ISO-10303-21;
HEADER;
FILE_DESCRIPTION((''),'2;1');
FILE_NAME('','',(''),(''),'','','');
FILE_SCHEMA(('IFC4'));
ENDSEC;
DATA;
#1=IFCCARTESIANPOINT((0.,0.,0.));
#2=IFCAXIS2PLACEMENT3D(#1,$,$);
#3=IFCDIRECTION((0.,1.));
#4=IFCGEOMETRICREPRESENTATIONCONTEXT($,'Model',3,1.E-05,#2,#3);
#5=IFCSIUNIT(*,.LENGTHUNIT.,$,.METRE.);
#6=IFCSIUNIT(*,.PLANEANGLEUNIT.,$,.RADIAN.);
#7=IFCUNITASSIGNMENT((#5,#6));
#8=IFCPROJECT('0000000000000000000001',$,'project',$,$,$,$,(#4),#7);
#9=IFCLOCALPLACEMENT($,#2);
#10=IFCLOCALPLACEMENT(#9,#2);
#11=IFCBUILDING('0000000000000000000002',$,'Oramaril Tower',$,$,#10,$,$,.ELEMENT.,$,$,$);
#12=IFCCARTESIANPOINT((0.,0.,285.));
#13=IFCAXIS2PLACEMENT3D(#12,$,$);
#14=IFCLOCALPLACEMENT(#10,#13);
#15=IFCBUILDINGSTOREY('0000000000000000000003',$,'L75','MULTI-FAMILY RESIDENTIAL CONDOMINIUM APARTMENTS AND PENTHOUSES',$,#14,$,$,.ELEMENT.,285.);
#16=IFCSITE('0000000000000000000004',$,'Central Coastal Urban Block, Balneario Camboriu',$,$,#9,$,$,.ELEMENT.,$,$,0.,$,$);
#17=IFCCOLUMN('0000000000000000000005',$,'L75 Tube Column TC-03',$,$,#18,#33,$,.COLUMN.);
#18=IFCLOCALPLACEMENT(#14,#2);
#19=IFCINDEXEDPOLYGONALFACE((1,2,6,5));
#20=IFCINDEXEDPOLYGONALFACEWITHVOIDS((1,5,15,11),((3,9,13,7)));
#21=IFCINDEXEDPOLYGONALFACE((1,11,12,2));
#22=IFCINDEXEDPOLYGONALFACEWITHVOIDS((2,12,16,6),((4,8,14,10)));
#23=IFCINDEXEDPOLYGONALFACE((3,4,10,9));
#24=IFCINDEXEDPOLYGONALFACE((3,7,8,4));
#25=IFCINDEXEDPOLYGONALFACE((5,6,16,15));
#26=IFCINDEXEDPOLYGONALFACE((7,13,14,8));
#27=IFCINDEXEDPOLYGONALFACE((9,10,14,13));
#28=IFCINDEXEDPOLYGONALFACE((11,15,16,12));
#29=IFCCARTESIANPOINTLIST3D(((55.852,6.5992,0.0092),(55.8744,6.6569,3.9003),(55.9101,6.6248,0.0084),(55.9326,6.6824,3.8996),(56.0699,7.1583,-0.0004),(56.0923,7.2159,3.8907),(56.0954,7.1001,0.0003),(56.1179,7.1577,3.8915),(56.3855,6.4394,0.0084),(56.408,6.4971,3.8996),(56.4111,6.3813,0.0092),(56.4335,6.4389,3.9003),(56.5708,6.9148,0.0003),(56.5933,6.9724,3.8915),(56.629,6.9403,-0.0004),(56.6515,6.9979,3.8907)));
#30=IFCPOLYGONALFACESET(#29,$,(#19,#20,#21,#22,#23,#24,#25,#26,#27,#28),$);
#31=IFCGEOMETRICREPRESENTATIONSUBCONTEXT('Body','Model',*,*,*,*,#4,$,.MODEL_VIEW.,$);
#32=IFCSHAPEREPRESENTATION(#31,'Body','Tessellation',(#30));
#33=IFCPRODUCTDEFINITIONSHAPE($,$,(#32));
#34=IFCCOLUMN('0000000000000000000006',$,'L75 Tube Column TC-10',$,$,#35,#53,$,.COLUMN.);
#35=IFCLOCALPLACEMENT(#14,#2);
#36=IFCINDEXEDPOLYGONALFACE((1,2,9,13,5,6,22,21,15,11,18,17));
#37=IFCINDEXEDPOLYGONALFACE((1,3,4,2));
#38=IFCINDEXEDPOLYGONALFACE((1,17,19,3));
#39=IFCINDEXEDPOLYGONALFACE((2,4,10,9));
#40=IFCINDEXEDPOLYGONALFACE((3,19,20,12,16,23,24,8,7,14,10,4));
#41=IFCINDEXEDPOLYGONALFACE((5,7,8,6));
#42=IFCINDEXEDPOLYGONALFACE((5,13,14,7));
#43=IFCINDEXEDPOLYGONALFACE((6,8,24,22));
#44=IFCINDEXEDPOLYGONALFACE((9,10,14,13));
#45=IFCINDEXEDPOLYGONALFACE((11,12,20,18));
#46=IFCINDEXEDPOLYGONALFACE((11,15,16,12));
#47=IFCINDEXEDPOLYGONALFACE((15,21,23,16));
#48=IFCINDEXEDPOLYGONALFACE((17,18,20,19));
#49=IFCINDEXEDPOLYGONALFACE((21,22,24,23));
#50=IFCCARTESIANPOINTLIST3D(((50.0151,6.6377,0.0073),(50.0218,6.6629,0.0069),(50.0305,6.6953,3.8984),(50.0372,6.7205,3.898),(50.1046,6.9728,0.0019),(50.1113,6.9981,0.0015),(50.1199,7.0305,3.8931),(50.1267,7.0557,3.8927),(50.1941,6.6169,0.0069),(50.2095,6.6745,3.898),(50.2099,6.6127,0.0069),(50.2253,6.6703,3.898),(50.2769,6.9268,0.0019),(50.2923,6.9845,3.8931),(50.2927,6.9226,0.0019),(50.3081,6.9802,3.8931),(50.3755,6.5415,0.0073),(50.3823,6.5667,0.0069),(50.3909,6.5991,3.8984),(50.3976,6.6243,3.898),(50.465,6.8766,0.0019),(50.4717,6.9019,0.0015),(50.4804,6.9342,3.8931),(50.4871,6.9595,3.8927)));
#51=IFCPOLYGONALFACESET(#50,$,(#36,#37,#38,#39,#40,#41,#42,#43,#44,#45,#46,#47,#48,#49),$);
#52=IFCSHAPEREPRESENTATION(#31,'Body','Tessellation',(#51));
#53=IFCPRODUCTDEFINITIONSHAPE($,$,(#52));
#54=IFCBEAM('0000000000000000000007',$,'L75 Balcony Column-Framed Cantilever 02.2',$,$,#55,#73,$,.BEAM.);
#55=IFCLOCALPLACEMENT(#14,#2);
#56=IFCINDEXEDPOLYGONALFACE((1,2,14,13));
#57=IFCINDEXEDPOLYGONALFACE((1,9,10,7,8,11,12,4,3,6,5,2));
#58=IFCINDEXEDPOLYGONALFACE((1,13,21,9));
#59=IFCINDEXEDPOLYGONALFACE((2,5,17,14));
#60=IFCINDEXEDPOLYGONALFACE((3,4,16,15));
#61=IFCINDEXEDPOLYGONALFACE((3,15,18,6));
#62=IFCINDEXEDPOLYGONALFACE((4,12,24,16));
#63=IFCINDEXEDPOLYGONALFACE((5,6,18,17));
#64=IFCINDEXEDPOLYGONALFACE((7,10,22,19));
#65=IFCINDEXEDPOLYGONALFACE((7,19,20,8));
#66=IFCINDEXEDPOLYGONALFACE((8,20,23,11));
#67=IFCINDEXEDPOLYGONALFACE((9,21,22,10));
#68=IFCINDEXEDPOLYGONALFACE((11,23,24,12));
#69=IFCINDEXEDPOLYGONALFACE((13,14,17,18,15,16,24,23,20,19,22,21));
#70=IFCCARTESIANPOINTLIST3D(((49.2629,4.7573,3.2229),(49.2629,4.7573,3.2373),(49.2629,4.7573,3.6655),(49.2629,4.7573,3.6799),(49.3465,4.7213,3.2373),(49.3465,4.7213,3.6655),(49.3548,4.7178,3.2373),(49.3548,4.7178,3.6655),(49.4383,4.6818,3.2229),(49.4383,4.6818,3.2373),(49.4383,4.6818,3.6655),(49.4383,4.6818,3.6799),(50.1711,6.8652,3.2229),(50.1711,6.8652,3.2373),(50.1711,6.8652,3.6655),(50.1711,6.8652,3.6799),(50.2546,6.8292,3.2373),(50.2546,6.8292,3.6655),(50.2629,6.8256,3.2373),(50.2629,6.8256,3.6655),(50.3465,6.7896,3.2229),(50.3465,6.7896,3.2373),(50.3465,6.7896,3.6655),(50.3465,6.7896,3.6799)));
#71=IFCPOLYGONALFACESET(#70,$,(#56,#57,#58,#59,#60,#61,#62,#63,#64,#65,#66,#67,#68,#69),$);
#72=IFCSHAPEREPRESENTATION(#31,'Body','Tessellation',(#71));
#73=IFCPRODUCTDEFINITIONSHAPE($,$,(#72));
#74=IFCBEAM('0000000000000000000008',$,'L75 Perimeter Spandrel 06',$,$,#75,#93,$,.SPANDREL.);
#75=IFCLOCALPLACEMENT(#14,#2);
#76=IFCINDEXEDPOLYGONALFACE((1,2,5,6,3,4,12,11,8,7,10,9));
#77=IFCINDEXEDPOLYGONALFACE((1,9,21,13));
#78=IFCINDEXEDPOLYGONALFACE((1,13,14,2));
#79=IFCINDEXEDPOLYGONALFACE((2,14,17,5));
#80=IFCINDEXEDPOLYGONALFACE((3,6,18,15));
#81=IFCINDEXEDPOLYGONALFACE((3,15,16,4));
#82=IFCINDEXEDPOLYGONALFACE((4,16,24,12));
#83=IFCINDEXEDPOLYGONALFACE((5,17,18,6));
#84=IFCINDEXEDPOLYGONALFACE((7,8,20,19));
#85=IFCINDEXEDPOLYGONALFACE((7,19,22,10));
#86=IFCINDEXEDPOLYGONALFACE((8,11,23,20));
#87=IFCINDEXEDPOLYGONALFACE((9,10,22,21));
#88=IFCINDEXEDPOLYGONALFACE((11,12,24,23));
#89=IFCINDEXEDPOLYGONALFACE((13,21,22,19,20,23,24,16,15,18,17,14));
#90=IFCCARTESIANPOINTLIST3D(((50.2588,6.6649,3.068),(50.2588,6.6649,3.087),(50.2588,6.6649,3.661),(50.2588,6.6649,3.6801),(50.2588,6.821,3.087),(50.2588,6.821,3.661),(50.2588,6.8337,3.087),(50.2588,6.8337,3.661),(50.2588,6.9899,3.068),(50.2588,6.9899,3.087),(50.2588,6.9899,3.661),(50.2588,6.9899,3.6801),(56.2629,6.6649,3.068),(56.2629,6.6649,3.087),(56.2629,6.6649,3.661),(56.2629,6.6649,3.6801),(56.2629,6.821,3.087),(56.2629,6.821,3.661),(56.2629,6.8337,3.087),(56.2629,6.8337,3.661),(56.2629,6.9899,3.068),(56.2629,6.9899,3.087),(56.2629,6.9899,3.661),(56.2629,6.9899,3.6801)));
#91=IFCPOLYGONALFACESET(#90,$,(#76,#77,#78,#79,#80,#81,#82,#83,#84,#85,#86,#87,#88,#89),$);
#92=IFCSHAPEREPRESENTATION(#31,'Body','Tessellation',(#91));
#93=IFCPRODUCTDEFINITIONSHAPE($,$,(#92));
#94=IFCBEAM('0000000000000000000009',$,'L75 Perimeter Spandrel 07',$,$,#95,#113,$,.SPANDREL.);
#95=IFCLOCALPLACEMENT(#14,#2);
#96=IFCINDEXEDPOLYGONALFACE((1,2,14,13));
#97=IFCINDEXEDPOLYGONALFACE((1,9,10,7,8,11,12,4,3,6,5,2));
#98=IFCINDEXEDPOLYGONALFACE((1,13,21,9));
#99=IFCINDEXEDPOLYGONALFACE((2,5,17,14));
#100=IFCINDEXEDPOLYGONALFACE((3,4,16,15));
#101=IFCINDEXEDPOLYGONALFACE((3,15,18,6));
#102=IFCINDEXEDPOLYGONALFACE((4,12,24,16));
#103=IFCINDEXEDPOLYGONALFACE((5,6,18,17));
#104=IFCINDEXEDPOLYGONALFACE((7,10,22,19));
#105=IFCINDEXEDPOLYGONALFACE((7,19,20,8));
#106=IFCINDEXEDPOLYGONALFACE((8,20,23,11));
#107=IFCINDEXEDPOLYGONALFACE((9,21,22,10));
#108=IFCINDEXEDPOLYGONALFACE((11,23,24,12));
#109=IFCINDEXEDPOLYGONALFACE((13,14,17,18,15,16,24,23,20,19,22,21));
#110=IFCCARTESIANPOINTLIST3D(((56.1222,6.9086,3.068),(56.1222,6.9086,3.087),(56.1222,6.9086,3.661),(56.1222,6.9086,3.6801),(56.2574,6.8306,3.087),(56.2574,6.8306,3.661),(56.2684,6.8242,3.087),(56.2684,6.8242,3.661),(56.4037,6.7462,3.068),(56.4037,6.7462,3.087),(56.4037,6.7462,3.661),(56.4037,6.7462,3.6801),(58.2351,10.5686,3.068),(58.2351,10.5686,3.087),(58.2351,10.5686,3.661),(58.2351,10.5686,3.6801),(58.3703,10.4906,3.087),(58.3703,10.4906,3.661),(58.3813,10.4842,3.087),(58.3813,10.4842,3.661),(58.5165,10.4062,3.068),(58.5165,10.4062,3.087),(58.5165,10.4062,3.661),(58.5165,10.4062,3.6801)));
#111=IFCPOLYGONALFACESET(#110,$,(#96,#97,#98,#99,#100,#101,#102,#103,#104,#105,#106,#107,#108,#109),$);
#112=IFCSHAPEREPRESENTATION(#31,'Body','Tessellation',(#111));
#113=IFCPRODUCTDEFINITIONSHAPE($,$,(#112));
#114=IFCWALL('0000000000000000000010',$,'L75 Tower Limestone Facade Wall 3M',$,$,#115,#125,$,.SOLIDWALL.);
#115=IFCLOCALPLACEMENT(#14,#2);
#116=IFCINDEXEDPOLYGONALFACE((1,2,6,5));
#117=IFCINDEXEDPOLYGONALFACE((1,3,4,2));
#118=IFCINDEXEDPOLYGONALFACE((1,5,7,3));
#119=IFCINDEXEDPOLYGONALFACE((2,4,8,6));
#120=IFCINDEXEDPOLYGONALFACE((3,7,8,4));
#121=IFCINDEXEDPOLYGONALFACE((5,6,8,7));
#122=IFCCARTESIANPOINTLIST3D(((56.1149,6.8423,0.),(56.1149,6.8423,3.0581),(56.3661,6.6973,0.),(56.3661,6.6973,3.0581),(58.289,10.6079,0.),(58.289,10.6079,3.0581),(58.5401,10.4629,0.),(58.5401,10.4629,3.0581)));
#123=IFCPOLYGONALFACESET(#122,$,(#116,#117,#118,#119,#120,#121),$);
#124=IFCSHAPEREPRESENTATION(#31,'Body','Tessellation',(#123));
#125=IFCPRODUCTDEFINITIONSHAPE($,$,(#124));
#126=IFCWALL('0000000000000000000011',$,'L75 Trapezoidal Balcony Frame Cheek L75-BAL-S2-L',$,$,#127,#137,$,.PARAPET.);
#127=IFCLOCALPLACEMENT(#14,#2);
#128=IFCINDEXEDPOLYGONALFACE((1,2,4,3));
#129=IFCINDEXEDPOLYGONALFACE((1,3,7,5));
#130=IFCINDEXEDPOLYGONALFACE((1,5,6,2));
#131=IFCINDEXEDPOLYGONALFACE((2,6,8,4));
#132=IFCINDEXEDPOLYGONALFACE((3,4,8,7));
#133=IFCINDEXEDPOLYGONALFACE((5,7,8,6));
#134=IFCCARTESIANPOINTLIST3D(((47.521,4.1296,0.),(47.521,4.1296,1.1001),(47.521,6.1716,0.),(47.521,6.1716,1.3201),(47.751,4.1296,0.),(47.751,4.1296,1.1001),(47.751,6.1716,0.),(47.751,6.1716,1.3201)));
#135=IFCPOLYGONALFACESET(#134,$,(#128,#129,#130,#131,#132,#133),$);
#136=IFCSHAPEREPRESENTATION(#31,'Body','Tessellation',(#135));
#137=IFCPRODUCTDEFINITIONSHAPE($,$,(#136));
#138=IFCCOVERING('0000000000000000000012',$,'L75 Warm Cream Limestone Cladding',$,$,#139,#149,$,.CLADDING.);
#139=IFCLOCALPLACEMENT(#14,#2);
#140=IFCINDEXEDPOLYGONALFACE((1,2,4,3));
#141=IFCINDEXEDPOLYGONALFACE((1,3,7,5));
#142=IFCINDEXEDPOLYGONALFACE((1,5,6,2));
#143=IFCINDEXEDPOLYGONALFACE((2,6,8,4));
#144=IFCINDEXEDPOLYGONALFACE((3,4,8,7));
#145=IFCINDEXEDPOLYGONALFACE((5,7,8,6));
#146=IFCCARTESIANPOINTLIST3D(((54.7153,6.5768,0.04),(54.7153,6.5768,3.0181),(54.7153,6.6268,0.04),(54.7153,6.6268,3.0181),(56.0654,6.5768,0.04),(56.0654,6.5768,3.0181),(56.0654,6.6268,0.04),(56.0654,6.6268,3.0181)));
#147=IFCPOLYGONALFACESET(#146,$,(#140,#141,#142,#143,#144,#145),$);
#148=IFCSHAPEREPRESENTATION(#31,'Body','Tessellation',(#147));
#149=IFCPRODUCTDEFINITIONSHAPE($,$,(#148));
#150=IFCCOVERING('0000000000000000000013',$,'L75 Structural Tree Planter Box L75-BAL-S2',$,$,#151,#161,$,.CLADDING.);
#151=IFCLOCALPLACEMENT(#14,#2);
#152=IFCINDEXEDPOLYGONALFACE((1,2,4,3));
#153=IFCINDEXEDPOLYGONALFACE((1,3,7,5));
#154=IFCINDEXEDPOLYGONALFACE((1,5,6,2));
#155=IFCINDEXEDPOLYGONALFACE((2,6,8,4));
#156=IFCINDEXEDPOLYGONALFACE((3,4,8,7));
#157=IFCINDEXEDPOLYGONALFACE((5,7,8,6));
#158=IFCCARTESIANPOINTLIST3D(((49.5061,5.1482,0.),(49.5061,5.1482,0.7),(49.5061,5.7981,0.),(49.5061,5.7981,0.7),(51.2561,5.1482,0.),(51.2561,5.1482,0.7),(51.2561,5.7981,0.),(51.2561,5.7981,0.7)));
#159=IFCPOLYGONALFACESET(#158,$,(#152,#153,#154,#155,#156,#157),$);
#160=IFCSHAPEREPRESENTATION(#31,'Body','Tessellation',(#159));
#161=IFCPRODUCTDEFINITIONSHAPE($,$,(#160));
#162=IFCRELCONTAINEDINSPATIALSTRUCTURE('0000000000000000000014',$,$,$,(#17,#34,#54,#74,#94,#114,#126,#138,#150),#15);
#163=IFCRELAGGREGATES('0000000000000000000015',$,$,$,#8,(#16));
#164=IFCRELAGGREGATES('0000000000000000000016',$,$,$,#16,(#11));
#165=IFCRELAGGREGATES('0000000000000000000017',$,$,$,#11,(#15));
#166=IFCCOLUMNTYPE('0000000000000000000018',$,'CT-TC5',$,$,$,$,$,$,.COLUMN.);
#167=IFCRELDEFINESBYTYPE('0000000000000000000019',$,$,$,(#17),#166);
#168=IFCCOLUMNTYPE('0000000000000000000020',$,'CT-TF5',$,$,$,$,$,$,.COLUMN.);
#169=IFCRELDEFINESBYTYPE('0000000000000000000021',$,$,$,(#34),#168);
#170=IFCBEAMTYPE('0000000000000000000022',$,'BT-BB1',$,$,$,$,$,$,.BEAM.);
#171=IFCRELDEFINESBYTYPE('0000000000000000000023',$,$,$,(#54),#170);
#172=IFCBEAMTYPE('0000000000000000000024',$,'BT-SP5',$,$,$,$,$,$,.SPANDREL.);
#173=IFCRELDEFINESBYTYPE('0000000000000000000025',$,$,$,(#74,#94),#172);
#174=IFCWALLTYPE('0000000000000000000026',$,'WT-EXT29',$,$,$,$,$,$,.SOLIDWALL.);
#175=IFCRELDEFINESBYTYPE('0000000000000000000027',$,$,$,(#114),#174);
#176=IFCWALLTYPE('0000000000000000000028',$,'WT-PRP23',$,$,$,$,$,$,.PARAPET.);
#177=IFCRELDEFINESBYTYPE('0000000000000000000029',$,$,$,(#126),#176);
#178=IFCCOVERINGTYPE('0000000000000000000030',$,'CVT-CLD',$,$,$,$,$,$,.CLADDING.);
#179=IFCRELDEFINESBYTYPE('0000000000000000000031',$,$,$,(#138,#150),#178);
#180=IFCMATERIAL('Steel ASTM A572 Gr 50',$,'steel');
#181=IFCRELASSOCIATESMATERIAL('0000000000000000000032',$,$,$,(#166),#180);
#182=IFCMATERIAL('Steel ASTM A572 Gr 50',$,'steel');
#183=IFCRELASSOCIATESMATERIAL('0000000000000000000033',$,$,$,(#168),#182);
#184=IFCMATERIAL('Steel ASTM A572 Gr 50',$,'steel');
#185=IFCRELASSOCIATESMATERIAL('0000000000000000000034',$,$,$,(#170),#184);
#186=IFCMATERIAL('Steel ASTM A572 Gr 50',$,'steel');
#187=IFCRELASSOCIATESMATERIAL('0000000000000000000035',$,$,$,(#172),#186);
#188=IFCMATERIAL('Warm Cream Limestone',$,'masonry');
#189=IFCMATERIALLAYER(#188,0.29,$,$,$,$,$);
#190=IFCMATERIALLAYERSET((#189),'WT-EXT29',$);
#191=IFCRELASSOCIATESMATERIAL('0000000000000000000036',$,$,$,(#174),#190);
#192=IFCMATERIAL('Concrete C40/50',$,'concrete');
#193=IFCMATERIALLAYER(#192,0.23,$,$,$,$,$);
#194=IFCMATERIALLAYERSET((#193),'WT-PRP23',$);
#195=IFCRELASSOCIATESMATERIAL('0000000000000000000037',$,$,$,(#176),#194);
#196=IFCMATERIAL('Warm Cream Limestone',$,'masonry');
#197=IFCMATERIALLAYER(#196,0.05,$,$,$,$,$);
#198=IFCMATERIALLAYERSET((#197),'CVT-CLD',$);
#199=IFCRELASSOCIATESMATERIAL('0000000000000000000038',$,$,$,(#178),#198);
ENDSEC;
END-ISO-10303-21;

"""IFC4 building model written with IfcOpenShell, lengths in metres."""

from ifc_helpers import new_model, si_unit, direction, frame, frame_2d, origin, origin_2d, place, context, subcontext, project, spatial, polyline, rectangle, hollow_rectangle, i_section, outline, extrude, material, layer, layer_set, material_profile, profile_set, type_object, element, save


model = new_model("IFC4")

# Units and contexts
model_context = context("Model", 3, precision=1e-05, world=origin(), true_north=direction((0.0, 1.0)))
body_context = subcontext(model_context, "Body", "Model", "MODEL_VIEW")
ifc_project = project(units=[si_unit("LENGTHUNIT", "METRE"), si_unit("PLANEANGLEUNIT", "RADIAN")], contexts=[model_context])

# Site, building, storey
site_placement = place(None, origin())
site = spatial("IfcSite", under=ifc_project, at=site_placement, Name="Central Coastal Urban Block, Balneario Camboriu", CompositionType="ELEMENT", RefElevation=0.0)
building_placement = place(site_placement, origin())
building = spatial("IfcBuilding", under=site, at=building_placement, Name="Oramaril Tower", CompositionType="ELEMENT")
storey_placement = place(building_placement, frame((0.0, 0.0, 285.0)))
storey = spatial("IfcBuildingStorey", under=building, at=storey_placement, Name="L75", Description="MULTI-FAMILY RESIDENTIAL CONDOMINIUM APARTMENTS AND PENTHOUSES", CompositionType="ELEMENT", Elevation=285.0)

# Columns
ifc_material_1 = material(Name="Steel ASTM A572 Gr 50", Category="steel")
ifc_material_profile_1 = material_profile(ifc_material_1, hollow_rectangle(XDim=0.6001, YDim=0.6001, WallThickness=0.0449, at=origin_2d()), Name="BOX600X600X45")
ifc_profile_set_1 = profile_set([ifc_material_profile_1], Name="Steel ASTM A572 Gr 50")
column_type_1 = type_object("IfcColumnType", Name="CT-TC5", PredefinedType="COLUMN", material=ifc_profile_set_1)
column_1_placement = place(storey_placement, frame((56.2405, 6.7698, 0.0044), z_axis=(0.005772, 0.014806, 0.999874), x_axis=(-0.931708, 0.363208, 0.0)))
element("IfcColumn", 1, at=column_1_placement, inside=storey, type_object=column_type_1, Name="L75 Tube Column TC-03", PredefinedType="COLUMN", context=body_context, shape_type="SweptSolid", body=[
    extrude(hollow_rectangle(XDim=0.6001, YDim=0.6001, WallThickness=0.0449, at=origin_2d()), origin(), (0.0, 0.0, 1.0), 3.8916),
])
ifc_material_2 = material(Name="Steel ASTM A572 Gr 50", Category="steel")
ifc_material_profile_2 = material_profile(ifc_material_2, i_section(OverallWidth=0.373, OverallDepth=0.373, WebThickness=0.0164, FlangeThickness=0.0261, at=origin_2d()), Name="W14X132")
ifc_profile_set_2 = profile_set([ifc_material_profile_2], Name="Steel ASTM A572 Gr 50")
column_type_2 = type_object("IfcColumnType", Name="CT-TF5", PredefinedType="COLUMN", material=ifc_profile_set_2)
column_2_placement = place(storey_placement, frame((50.2434, 6.7698, 0.0044), z_axis=(0.003952, 0.014806, 0.999883), x_axis=(-0.966167, 0.257917, 0.0)))
element("IfcColumn", 2, at=column_2_placement, inside=storey, type_object=column_type_2, Name="L75 Tube Column TC-10", PredefinedType="COLUMN", context=body_context, shape_type="SweptSolid", body=[
    extrude(i_section(OverallWidth=0.373, OverallDepth=0.373, WebThickness=0.0164, FlangeThickness=0.0261, at=origin_2d()), origin(), (0.0, 0.0, 1.0), 3.8916),
])

# Beams
ifc_material_3 = material(Name="Steel ASTM A572 Gr 50", Category="steel")
ifc_material_profile_3 = material_profile(ifc_material_3, i_section(OverallWidth=0.1909, OverallDepth=0.457, WebThickness=0.009, FlangeThickness=0.0144, at=origin_2d()), Name="W18X50")
ifc_profile_set_3 = profile_set([ifc_material_profile_3], Name="Steel ASTM A572 Gr 50")
beam_type_1 = type_object("IfcBeamType", Name="BT-BB1", PredefinedType="BEAM", material=ifc_profile_set_3)
beam_1_placement = place(storey_placement, frame((50.2588, 6.8274, 3.4514), z_axis=(-0.39569, -0.918384, 0.0), x_axis=(0.918384, -0.39569, 0.0)))
element("IfcBeam", 3, at=beam_1_placement, inside=storey, type_object=beam_type_1, Name="L75 Balcony Column-Framed Cantilever 02.2", PredefinedType="BEAM", context=body_context, shape_type="SweptSolid", body=[
    extrude(i_section(OverallWidth=0.1909, OverallDepth=0.457, WebThickness=0.009, FlangeThickness=0.0144, at=origin_2d()), origin(), (0.0, 0.0, 1.0), 2.2952),
])
ifc_material_4 = material(Name="Steel ASTM A572 Gr 50", Category="steel")
ifc_material_profile_4 = material_profile(ifc_material_4, i_section(OverallWidth=0.325, OverallDepth=0.6121, WebThickness=0.0127, FlangeThickness=0.019, at=origin_2d()), Name="W24X104")
ifc_profile_set_4 = profile_set([ifc_material_profile_4], Name="Steel ASTM A572 Gr 50")
beam_type_2 = type_object("IfcBeamType", Name="BT-SP5", PredefinedType="SPANDREL", material=ifc_profile_set_4)
beam_2_placement = place(storey_placement, frame((50.2588, 6.8274, 3.374), z_axis=(1.0, 0.0, 0.0), x_axis=(0.0, 1.0, 0.0)))
element("IfcBeam", 4, at=beam_2_placement, inside=storey, type_object=beam_type_2, Name="L75 Perimeter Spandrel 06", PredefinedType="SPANDREL", context=body_context, shape_type="SweptSolid", body=[
    extrude(i_section(OverallWidth=0.325, OverallDepth=0.6121, WebThickness=0.0127, FlangeThickness=0.019, at=origin_2d()), origin(), (0.0, 0.0, 1.0), 6.0042),
])
beam_3_placement = place(storey_placement, frame((56.2629, 6.8274, 3.374), z_axis=(0.499954, 0.866052, 0.0), x_axis=(-0.866052, 0.499954, 0.0)))
element("IfcBeam", 5, at=beam_3_placement, inside=storey, type_object=beam_type_2, Name="L75 Perimeter Spandrel 07", PredefinedType="SPANDREL", context=body_context, shape_type="SweptSolid", body=[
    extrude(i_section(OverallWidth=0.325, OverallDepth=0.6121, WebThickness=0.0127, FlangeThickness=0.019, at=origin_2d()), origin(), (0.0, 0.0, 1.0), 4.2261),
])

# Walls
ifc_material_5 = material(Name="Warm Cream Limestone", Category="masonry")
ifc_layer_1 = layer(ifc_material_5, 0.29)
ifc_layer_set_1 = layer_set([ifc_layer_1], Name="WT-EXT29")
wall_type_1 = type_object("IfcWallType", Name="WT-EXT29", PredefinedType="SOLIDWALL", material=ifc_layer_set_1)
wall_1_placement = place(storey_placement, frame((56.2405, 6.7698, 0.0), z_axis=(0.0, 0.0, 1.0), x_axis=(0.499998, 0.866027, 0.0)))
element("IfcWall", 6, at=wall_1_placement, inside=storey, type_object=wall_type_1, Name="L75 Tower Limestone Facade Wall 3M", PredefinedType="SOLIDWALL", context=body_context, shape_type="SweptSolid", body=[
    extrude(rectangle(XDim=4.3481, YDim=0.29, at=frame_2d((2.1741, 0.0))), origin(), (0.0, 0.0, 1.0), 3.0581),
])
ifc_material_6 = material(Name="Concrete C40/50", Category="concrete")
ifc_layer_2 = layer(ifc_material_6, 0.23)
ifc_layer_set_2 = layer_set([ifc_layer_2], Name="WT-PRP23")
wall_type_2 = type_object("IfcWallType", Name="WT-PRP23", PredefinedType="PARAPET", material=ifc_layer_set_2)
wall_2_placement = place(storey_placement, frame((47.636, 6.1716, 0.0), z_axis=(0.0, 0.0, 1.0), x_axis=(0.0, -1.0, 0.0)))
element("IfcWall", 7, at=wall_2_placement, inside=storey, type_object=wall_type_2, Name="L75 Trapezoidal Balcony Frame Cheek L75-BAL-S2-L", PredefinedType="PARAPET", context=body_context, shape_type="SweptSolid", body=[
    extrude(outline(polyline([(0.0, 0.0), (2.042, 0.0), (2.042, 1.1001), (0.0, 1.3201), (0.0, 0.0)])), frame((0.0, 0.115, 0.0), z_axis=(0.0, -1.0, 0.0), x_axis=(1.0, 0.0, 0.0)), (0.0, 0.0, 1.0), 0.23),
])

# Coverings
ifc_material_7 = material(Name="Warm Cream Limestone", Category="masonry")
ifc_layer_3 = layer(ifc_material_7, 0.05)
ifc_layer_set_3 = layer_set([ifc_layer_3], Name="CVT-CLD")
covering_type = type_object("IfcCoveringType", Name="CVT-CLD", PredefinedType="CLADDING", material=ifc_layer_set_3)
covering_1_placement = place(storey_placement, frame((55.3904, 6.6018, 0.04), z_axis=(0.0, 0.0, 1.0), x_axis=(1.0, 0.0, 0.0)))
element("IfcCovering", 8, at=covering_1_placement, inside=storey, type_object=covering_type, Name="L75 Warm Cream Limestone Cladding", PredefinedType="CLADDING", context=body_context, shape_type="SweptSolid", body=[
    extrude(rectangle(XDim=1.3501, YDim=0.05, at=origin_2d()), origin(), (0.0, 0.0, 1.0), 2.978),
])
covering_2_placement = place(storey_placement, frame((50.3811, 5.4731, 0.0), z_axis=(0.0, 0.0, 1.0), x_axis=(1.0, 0.0, 0.0)))
element("IfcCovering", 9, at=covering_2_placement, inside=storey, type_object=covering_type, Name="L75 Structural Tree Planter Box L75-BAL-S2", PredefinedType="CLADDING", context=body_context, shape_type="SweptSolid", body=[
    extrude(rectangle(XDim=1.75, YDim=0.6499, at=origin_2d()), origin(), (0.0, 0.0, 1.0), 0.7),
])

save(model, "model.ifc")
